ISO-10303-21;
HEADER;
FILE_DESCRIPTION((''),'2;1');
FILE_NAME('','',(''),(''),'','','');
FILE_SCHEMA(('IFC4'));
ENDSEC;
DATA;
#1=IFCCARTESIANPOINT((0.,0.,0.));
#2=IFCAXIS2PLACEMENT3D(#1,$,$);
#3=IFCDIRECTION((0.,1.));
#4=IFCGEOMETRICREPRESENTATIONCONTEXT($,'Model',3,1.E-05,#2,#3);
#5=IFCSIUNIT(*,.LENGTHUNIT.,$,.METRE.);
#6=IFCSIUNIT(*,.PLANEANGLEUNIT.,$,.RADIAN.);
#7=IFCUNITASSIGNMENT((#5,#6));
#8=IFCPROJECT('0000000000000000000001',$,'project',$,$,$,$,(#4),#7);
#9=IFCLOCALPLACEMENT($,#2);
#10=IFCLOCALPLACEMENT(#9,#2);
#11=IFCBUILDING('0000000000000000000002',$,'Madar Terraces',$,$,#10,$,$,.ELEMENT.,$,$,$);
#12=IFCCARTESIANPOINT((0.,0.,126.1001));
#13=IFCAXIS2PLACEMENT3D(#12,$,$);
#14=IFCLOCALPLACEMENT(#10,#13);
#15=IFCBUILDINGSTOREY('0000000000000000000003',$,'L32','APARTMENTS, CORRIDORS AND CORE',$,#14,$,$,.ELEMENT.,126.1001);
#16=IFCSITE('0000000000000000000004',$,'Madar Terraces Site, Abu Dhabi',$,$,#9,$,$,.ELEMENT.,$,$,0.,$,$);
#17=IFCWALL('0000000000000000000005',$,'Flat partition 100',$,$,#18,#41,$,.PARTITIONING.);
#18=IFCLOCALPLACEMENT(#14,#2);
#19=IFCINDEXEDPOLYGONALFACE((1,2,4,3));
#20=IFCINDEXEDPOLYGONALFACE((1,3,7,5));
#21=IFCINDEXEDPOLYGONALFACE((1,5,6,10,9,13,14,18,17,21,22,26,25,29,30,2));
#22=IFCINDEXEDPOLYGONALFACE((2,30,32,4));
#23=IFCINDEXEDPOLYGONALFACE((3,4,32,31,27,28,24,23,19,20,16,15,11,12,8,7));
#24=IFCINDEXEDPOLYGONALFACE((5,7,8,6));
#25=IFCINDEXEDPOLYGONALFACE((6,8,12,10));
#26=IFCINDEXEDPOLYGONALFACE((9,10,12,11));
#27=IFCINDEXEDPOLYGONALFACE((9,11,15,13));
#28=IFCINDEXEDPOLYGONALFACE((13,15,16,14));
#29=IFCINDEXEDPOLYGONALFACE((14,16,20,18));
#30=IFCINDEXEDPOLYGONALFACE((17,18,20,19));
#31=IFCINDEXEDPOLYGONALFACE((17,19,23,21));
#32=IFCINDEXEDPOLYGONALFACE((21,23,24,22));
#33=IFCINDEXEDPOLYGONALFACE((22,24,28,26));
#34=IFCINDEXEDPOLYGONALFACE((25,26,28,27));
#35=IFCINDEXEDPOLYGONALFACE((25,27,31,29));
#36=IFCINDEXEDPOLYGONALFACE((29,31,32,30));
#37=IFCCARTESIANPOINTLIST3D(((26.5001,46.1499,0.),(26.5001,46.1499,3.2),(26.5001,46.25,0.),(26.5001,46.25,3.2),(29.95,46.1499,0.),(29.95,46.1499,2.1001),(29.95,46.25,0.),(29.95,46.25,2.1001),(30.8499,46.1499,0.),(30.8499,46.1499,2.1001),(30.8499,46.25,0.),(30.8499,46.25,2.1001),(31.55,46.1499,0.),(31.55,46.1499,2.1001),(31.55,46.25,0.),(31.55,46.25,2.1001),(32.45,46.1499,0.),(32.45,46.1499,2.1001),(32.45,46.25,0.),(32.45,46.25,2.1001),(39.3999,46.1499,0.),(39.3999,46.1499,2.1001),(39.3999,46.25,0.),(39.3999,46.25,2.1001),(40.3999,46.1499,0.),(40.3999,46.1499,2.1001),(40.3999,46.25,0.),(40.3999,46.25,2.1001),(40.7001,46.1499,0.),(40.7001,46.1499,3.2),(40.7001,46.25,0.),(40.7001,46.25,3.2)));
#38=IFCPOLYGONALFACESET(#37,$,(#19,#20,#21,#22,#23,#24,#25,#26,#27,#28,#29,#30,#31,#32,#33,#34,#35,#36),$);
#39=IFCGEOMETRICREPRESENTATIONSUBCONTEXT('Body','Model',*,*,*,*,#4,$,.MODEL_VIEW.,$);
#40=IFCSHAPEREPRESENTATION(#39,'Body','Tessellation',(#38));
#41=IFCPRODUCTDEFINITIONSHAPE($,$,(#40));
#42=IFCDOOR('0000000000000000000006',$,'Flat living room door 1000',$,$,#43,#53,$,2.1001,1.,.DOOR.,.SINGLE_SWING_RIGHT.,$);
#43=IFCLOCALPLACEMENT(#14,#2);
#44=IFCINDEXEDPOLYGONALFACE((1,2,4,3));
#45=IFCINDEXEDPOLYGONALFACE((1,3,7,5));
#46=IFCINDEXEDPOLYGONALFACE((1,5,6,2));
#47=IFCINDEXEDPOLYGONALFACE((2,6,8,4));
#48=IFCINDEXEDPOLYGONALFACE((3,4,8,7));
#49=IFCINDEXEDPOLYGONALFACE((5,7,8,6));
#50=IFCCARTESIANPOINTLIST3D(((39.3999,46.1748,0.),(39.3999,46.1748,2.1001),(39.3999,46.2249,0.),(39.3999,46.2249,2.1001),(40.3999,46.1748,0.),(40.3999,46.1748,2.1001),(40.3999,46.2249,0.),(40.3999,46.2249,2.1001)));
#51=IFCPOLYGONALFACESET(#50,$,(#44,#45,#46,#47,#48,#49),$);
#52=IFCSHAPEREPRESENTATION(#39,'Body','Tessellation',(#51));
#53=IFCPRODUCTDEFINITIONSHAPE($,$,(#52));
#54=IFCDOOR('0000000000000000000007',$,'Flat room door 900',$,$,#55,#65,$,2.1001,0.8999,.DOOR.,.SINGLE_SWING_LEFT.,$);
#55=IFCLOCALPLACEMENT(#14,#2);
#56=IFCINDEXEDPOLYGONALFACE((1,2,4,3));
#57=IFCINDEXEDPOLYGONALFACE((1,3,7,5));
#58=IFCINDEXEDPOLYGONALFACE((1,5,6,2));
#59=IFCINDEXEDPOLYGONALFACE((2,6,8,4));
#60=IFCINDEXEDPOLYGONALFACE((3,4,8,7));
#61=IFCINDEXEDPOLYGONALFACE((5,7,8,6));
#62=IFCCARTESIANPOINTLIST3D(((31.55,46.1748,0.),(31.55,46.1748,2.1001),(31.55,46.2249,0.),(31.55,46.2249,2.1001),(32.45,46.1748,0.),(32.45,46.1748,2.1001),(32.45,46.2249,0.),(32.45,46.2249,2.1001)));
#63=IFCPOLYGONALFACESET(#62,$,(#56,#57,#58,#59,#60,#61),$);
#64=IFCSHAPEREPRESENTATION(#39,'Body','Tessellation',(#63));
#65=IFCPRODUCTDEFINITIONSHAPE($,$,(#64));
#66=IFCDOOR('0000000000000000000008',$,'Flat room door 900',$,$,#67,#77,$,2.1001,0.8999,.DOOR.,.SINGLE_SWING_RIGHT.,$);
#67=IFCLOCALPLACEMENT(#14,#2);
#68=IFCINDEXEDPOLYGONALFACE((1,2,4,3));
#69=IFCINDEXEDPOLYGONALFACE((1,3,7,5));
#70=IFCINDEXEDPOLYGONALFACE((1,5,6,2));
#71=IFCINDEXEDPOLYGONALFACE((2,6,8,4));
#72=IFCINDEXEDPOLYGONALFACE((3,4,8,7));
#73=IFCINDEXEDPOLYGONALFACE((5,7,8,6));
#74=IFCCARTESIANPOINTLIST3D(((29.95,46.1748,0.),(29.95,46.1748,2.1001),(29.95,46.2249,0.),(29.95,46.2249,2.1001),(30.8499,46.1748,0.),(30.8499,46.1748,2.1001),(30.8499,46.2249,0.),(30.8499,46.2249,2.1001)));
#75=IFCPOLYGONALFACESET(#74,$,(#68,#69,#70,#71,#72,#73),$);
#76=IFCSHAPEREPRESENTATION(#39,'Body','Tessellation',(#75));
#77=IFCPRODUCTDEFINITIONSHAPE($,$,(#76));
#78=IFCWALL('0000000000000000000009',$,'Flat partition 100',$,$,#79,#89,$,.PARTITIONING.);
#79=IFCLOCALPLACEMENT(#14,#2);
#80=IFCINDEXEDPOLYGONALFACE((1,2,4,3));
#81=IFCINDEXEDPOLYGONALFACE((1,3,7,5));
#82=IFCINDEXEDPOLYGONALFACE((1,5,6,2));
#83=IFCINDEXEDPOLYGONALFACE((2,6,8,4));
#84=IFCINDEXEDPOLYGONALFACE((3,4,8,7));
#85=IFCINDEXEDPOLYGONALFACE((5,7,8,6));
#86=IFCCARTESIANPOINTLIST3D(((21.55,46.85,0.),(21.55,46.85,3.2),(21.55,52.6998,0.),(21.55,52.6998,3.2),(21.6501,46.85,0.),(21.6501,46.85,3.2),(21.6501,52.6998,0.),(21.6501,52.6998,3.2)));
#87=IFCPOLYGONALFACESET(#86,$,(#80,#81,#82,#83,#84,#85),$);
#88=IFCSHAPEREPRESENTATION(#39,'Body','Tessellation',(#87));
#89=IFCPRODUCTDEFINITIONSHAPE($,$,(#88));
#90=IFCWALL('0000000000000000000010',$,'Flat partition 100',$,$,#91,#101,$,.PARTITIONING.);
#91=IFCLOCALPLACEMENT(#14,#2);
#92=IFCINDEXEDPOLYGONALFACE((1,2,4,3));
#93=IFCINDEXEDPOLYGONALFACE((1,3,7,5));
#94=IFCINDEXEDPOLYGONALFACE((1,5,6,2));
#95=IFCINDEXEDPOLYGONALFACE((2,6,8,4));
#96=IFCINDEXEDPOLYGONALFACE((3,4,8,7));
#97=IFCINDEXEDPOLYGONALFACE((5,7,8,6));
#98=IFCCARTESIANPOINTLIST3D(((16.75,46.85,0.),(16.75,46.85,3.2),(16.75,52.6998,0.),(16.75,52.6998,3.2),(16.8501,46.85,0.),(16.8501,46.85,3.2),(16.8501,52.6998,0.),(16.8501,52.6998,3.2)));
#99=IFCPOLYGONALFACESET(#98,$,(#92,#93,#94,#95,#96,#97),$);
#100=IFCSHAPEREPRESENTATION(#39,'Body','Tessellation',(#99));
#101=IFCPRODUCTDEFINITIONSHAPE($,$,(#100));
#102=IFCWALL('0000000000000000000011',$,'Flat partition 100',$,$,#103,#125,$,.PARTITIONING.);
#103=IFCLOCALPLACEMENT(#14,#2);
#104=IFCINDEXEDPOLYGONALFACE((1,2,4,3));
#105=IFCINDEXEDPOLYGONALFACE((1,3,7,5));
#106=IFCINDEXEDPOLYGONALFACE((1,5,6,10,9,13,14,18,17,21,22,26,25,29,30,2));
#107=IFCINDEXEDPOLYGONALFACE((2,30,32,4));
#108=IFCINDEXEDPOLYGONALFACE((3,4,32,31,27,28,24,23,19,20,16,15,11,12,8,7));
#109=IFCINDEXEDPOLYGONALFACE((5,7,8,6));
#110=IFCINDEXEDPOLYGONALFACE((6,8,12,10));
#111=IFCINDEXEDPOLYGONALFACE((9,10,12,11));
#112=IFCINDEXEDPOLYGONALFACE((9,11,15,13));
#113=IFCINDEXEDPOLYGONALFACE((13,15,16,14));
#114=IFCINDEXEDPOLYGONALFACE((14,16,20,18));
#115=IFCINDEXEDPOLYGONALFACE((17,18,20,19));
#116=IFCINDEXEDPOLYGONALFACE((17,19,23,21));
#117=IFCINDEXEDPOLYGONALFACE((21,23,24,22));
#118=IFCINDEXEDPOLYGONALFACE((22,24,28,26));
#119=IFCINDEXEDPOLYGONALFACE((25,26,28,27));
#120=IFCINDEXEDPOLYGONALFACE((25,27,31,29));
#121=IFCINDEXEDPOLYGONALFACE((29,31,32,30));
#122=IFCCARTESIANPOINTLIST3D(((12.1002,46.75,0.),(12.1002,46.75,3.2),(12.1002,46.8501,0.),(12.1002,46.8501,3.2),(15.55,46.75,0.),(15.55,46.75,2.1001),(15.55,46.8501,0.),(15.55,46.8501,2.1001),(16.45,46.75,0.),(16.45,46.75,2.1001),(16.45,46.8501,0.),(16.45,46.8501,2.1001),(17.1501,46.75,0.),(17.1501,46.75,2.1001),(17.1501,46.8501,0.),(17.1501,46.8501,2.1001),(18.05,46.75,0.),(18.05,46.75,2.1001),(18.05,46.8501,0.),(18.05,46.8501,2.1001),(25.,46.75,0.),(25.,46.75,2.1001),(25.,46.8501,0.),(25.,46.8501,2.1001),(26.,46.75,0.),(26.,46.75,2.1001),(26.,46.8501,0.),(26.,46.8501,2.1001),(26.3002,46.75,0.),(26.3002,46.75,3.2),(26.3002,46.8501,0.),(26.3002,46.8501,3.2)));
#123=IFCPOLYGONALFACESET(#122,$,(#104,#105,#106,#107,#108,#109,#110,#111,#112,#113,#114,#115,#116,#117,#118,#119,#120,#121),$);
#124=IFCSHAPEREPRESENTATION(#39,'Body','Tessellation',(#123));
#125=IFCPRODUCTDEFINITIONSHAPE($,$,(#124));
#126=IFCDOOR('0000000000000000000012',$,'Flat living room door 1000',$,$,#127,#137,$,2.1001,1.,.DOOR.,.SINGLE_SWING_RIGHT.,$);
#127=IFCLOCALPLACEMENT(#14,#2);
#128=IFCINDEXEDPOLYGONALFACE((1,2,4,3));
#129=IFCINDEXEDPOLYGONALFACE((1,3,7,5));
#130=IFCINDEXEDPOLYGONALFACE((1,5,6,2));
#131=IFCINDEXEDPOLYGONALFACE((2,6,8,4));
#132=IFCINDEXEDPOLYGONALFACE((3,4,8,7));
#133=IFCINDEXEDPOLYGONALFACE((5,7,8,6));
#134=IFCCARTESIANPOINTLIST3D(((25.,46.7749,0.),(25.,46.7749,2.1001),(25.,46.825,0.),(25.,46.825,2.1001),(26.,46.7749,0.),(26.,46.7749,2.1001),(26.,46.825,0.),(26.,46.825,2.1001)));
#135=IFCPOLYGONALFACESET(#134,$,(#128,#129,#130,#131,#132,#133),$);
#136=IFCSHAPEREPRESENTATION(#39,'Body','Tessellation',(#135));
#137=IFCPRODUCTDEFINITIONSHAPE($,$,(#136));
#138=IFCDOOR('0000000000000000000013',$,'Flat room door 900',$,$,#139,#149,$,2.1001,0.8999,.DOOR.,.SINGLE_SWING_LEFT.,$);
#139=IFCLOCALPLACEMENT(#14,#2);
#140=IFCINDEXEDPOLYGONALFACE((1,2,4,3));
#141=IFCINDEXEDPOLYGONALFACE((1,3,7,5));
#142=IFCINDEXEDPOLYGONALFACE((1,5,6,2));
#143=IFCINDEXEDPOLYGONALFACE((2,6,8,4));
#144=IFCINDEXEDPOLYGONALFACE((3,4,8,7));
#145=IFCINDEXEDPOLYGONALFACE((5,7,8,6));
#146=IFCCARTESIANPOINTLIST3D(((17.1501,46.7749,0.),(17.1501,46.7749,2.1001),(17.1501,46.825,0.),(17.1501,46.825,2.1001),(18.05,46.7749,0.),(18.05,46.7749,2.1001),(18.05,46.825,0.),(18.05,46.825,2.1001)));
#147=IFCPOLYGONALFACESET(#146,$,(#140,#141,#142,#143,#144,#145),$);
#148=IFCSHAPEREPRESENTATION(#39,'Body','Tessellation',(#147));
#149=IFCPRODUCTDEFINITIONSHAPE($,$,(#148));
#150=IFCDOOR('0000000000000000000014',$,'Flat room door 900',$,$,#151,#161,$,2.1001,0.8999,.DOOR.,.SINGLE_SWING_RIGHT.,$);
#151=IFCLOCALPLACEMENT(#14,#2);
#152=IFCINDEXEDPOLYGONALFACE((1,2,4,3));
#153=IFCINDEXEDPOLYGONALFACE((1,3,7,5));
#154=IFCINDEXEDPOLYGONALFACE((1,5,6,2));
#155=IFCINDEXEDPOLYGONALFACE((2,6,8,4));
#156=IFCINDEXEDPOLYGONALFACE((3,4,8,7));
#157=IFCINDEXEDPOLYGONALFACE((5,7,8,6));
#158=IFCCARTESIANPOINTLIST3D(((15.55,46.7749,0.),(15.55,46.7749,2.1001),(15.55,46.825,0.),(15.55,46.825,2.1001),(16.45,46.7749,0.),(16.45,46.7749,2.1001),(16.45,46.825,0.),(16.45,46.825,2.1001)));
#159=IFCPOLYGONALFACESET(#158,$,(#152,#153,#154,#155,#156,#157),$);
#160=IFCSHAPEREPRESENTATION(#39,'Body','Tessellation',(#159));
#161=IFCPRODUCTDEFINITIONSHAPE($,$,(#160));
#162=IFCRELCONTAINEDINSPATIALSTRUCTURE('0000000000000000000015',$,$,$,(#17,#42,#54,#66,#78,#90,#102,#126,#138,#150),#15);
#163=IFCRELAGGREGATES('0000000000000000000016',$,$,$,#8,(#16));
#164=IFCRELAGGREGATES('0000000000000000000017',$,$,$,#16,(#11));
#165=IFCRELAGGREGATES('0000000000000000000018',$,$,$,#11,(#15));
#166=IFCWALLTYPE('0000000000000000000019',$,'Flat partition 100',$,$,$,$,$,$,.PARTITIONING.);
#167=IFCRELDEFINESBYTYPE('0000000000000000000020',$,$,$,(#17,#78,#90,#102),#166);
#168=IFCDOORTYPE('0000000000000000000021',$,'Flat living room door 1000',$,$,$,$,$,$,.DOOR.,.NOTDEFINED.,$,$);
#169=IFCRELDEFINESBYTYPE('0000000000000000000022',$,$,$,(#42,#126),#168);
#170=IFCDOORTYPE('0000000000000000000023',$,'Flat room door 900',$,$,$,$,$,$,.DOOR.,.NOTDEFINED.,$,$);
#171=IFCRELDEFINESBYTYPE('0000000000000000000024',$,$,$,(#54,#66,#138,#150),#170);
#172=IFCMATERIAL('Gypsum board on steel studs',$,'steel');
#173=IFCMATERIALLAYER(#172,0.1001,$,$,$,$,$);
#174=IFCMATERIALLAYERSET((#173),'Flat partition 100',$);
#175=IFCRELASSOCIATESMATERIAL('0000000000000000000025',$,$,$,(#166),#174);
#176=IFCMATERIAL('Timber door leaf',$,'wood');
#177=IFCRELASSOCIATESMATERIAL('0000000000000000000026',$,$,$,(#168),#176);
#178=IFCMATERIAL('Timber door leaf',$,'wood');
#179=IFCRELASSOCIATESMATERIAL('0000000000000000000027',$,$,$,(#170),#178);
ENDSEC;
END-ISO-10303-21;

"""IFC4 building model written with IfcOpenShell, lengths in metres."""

from ifc_helpers import new_model, si_unit, direction, frame, frame_2d, origin, place, context, subcontext, project, spatial, rectangle, extrude, material, layer, layer_set, type_object, element, fill, save


model = new_model("IFC4")

# Units and contexts
model_context = context("Model", 3, precision=1e-05, world=origin(), true_north=direction((0.0, 1.0)))
body_context = subcontext(model_context, "Body", "Model", "MODEL_VIEW")
ifc_project = project(units=[si_unit("LENGTHUNIT", "METRE"), si_unit("PLANEANGLEUNIT", "RADIAN")], contexts=[model_context])

# Site, building, storey
site_placement = place(None, origin())
site = spatial("IfcSite", under=ifc_project, at=site_placement, Name="Madar Terraces Site, Abu Dhabi", CompositionType="ELEMENT", RefElevation=0.0)
building_placement = place(site_placement, origin())
building = spatial("IfcBuilding", under=site, at=building_placement, Name="Madar Terraces", CompositionType="ELEMENT")
storey_placement = place(building_placement, frame((0.0, 0.0, 126.1001)))
storey = spatial("IfcBuildingStorey", under=building, at=storey_placement, Name="L32", Description="APARTMENTS, CORRIDORS AND CORE", CompositionType="ELEMENT", Elevation=126.1001)

# Wall, openings, doors
ifc_material_1 = material(Name="Gypsum board on steel studs", Category="steel")
ifc_layer_1 = layer(ifc_material_1, 0.1001)
ifc_layer_set_1 = layer_set([ifc_layer_1], Name="Flat partition 100")
wall_type_1 = type_object("IfcWallType", Name="Flat partition 100", PredefinedType="PARTITIONING", material=ifc_layer_set_1)
wall_1_placement = place(storey_placement, frame((26.5, 46.2, 0.0), z_axis=(0.0, 0.0, 1.0), x_axis=(1.0, 0.0, 0.0)))
wall_1 = element("IfcWall", 1, at=wall_1_placement, inside=storey, type_object=wall_type_1, Name="Flat partition 100", PredefinedType="PARTITIONING", context=body_context, shape_type="SweptSolid", body=[
    extrude(rectangle(XDim=14.2, YDim=0.1001, at=frame_2d((7.1001, 0.0))), origin(), (0.0, 0.0, 1.0), 3.2),
])
opening_1_placement = place(wall_1_placement, frame((12.8999, 0.0, 0.0)))
opening_1 = element("IfcOpeningElement", 2, at=opening_1_placement, cuts=wall_1, PredefinedType="OPENING", context=body_context, shape_type="SweptSolid", body=[
    extrude(rectangle(XDim=1.0, YDim=2.1001, at=frame_2d((0.5, 1.05))), frame((0.0, 0.0601, 0.0), z_axis=(0.0, -1.0, 0.0), x_axis=(1.0, 0.0, 0.0)), (0.0, 0.0, 1.0), 0.1201),
])
opening_2_placement = place(wall_1_placement, frame((5.05, 0.0, 0.0)))
opening_2 = element("IfcOpeningElement", 3, at=opening_2_placement, cuts=wall_1, PredefinedType="OPENING", context=body_context, shape_type="SweptSolid", body=[
    extrude(rectangle(XDim=0.8999, YDim=2.1001, at=frame_2d((0.45, 1.05))), frame((0.0, 0.0601, 0.0), z_axis=(0.0, -1.0, 0.0), x_axis=(1.0, 0.0, 0.0)), (0.0, 0.0, 1.0), 0.1201),
])
opening_3_placement = place(wall_1_placement, frame((3.45, 0.0, 0.0)))
opening_3 = element("IfcOpeningElement", 4, at=opening_3_placement, cuts=wall_1, PredefinedType="OPENING", context=body_context, shape_type="SweptSolid", body=[
    extrude(rectangle(XDim=0.8999, YDim=2.1001, at=frame_2d((0.45, 1.05))), frame((0.0, 0.0601, 0.0), z_axis=(0.0, -1.0, 0.0), x_axis=(1.0, 0.0, 0.0)), (0.0, 0.0, 1.0), 0.1201),
])
ifc_material_2 = material(Name="Timber door leaf", Category="wood")
door_type_1 = type_object("IfcDoorType", Name="Flat living room door 1000", OperationType="NOTDEFINED", PredefinedType="DOOR", material=ifc_material_2)
door_1_placement = place(opening_1_placement, origin())
door_1 = element("IfcDoor", 5, at=door_1_placement, inside=storey, type_object=door_type_1, Name="Flat living room door 1000", OperationType="SINGLE_SWING_RIGHT", OverallHeight=2.1001, OverallWidth=1.0, PredefinedType="DOOR", context=body_context, shape_type="SweptSolid", body=[
    extrude(rectangle(XDim=1.0, YDim=2.1001, at=frame_2d((0.5, 1.05))), frame((0.0, 0.0249, 0.0), z_axis=(0.0, -1.0, 0.0), x_axis=(1.0, 0.0, 0.0)), (0.0, 0.0, 1.0), 0.05),
])
fill(opening_1, door_1)
ifc_material_3 = material(Name="Timber door leaf", Category="wood")
door_type_2 = type_object("IfcDoorType", Name="Flat room door 900", OperationType="NOTDEFINED", PredefinedType="DOOR", material=ifc_material_3)
door_2_placement = place(opening_2_placement, origin())
door_2 = element("IfcDoor", 6, at=door_2_placement, inside=storey, type_object=door_type_2, Name="Flat room door 900", OperationType="SINGLE_SWING_LEFT", OverallHeight=2.1001, OverallWidth=0.8999, PredefinedType="DOOR", context=body_context, shape_type="SweptSolid", body=[
    extrude(rectangle(XDim=0.8999, YDim=2.1001, at=frame_2d((0.45, 1.05))), frame((0.0, 0.0249, 0.0), z_axis=(0.0, -1.0, 0.0), x_axis=(1.0, 0.0, 0.0)), (0.0, 0.0, 1.0), 0.05),
])
fill(opening_2, door_2)
door_3_placement = place(opening_3_placement, origin())
door_3 = element("IfcDoor", 7, at=door_3_placement, inside=storey, type_object=door_type_2, Name="Flat room door 900", OperationType="SINGLE_SWING_RIGHT", OverallHeight=2.1001, OverallWidth=0.8999, PredefinedType="DOOR", context=body_context, shape_type="SweptSolid", body=[
    extrude(rectangle(XDim=0.8999, YDim=2.1001, at=frame_2d((0.45, 1.05))), frame((0.0, 0.0249, 0.0), z_axis=(0.0, -1.0, 0.0), x_axis=(1.0, 0.0, 0.0)), (0.0, 0.0, 1.0), 0.05),
])
fill(opening_3, door_3)

# Walls
for number, where, z_axis, x_axis, name in (
    (8, (21.6001, 46.8501, 0.0), (0.0, 0.0, 1.0), (0.0, 1.0, 0.0), "Flat partition 100"),
    (9, (16.8, 46.8501, 0.0), (0.0, 0.0, 1.0), (0.0, 1.0, 0.0), "Flat partition 100"),
):
    element("IfcWall", number, at=place(storey_placement, frame(where, z_axis=z_axis, x_axis=x_axis)), inside=storey, type_object=wall_type_1, Name=name, PredefinedType="PARTITIONING", context=body_context, shape_type="SweptSolid", body=[
        extrude(rectangle(XDim=5.8499, YDim=0.1001, at=frame_2d((2.9248, 0.0))), origin(), (0.0, 0.0, 1.0), 3.2),
    ])

# Wall, openings, doors
wall_2_placement = place(storey_placement, frame((12.1001, 46.8, 0.0), z_axis=(0.0, 0.0, 1.0), x_axis=(1.0, 0.0, 0.0)))
wall_2 = element("IfcWall", 10, at=wall_2_placement, inside=storey, type_object=wall_type_1, Name="Flat partition 100", PredefinedType="PARTITIONING", context=body_context, shape_type="SweptSolid", body=[
    extrude(rectangle(XDim=14.2, YDim=0.1001, at=frame_2d((7.1001, 0.0))), origin(), (0.0, 0.0, 1.0), 3.2),
])
opening_4_placement = place(wall_2_placement, frame((12.8999, 0.0, 0.0)))
opening_4 = element("IfcOpeningElement", 11, at=opening_4_placement, cuts=wall_2, PredefinedType="OPENING", context=body_context, shape_type="SweptSolid", body=[
    extrude(rectangle(XDim=1.0, YDim=2.1001, at=frame_2d((0.5, 1.05))), frame((0.0, 0.0601, 0.0), z_axis=(0.0, -1.0, 0.0), x_axis=(1.0, 0.0, 0.0)), (0.0, 0.0, 1.0), 0.1201),
])
opening_5_placement = place(wall_2_placement, frame((5.05, 0.0, 0.0)))
opening_5 = element("IfcOpeningElement", 12, at=opening_5_placement, cuts=wall_2, PredefinedType="OPENING", context=body_context, shape_type="SweptSolid", body=[
    extrude(rectangle(XDim=0.8999, YDim=2.1001, at=frame_2d((0.45, 1.05))), frame((0.0, 0.0601, 0.0), z_axis=(0.0, -1.0, 0.0), x_axis=(1.0, 0.0, 0.0)), (0.0, 0.0, 1.0), 0.1201),
])
opening_6_placement = place(wall_2_placement, frame((3.45, 0.0, 0.0)))
opening_6 = element("IfcOpeningElement", 13, at=opening_6_placement, cuts=wall_2, PredefinedType="OPENING", context=body_context, shape_type="SweptSolid", body=[
    extrude(rectangle(XDim=0.8999, YDim=2.1001, at=frame_2d((0.45, 1.05))), frame((0.0, 0.0601, 0.0), z_axis=(0.0, -1.0, 0.0), x_axis=(1.0, 0.0, 0.0)), (0.0, 0.0, 1.0), 0.1201),
])
door_4_placement = place(opening_4_placement, origin())
door_4 = element("IfcDoor", 14, at=door_4_placement, inside=storey, type_object=door_type_1, Name="Flat living room door 1000", OperationType="SINGLE_SWING_RIGHT", OverallHeight=2.1001, OverallWidth=1.0, PredefinedType="DOOR", context=body_context, shape_type="SweptSolid", body=[
    extrude(rectangle(XDim=1.0, YDim=2.1001, at=frame_2d((0.5, 1.05))), frame((0.0, 0.0249, 0.0), z_axis=(0.0, -1.0, 0.0), x_axis=(1.0, 0.0, 0.0)), (0.0, 0.0, 1.0), 0.05),
])
fill(opening_4, door_4)
door_5_placement = place(opening_5_placement, origin())
door_5 = element("IfcDoor", 15, at=door_5_placement, inside=storey, type_object=door_type_2, Name="Flat room door 900", OperationType="SINGLE_SWING_LEFT", OverallHeight=2.1001, OverallWidth=0.8999, PredefinedType="DOOR", context=body_context, shape_type="SweptSolid", body=[
    extrude(rectangle(XDim=0.8999, YDim=2.1001, at=frame_2d((0.45, 1.05))), frame((0.0, 0.0249, 0.0), z_axis=(0.0, -1.0, 0.0), x_axis=(1.0, 0.0, 0.0)), (0.0, 0.0, 1.0), 0.05),
])
fill(opening_5, door_5)
door_6_placement = place(opening_6_placement, origin())
door_6 = element("IfcDoor", 16, at=door_6_placement, inside=storey, type_object=door_type_2, Name="Flat room door 900", OperationType="SINGLE_SWING_RIGHT", OverallHeight=2.1001, OverallWidth=0.8999, PredefinedType="DOOR", context=body_context, shape_type="SweptSolid", body=[
    extrude(rectangle(XDim=0.8999, YDim=2.1001, at=frame_2d((0.45, 1.05))), frame((0.0, 0.0249, 0.0), z_axis=(0.0, -1.0, 0.0), x_axis=(1.0, 0.0, 0.0)), (0.0, 0.0, 1.0), 0.05),
])
fill(opening_6, door_6)

save(model, "model.ifc")
